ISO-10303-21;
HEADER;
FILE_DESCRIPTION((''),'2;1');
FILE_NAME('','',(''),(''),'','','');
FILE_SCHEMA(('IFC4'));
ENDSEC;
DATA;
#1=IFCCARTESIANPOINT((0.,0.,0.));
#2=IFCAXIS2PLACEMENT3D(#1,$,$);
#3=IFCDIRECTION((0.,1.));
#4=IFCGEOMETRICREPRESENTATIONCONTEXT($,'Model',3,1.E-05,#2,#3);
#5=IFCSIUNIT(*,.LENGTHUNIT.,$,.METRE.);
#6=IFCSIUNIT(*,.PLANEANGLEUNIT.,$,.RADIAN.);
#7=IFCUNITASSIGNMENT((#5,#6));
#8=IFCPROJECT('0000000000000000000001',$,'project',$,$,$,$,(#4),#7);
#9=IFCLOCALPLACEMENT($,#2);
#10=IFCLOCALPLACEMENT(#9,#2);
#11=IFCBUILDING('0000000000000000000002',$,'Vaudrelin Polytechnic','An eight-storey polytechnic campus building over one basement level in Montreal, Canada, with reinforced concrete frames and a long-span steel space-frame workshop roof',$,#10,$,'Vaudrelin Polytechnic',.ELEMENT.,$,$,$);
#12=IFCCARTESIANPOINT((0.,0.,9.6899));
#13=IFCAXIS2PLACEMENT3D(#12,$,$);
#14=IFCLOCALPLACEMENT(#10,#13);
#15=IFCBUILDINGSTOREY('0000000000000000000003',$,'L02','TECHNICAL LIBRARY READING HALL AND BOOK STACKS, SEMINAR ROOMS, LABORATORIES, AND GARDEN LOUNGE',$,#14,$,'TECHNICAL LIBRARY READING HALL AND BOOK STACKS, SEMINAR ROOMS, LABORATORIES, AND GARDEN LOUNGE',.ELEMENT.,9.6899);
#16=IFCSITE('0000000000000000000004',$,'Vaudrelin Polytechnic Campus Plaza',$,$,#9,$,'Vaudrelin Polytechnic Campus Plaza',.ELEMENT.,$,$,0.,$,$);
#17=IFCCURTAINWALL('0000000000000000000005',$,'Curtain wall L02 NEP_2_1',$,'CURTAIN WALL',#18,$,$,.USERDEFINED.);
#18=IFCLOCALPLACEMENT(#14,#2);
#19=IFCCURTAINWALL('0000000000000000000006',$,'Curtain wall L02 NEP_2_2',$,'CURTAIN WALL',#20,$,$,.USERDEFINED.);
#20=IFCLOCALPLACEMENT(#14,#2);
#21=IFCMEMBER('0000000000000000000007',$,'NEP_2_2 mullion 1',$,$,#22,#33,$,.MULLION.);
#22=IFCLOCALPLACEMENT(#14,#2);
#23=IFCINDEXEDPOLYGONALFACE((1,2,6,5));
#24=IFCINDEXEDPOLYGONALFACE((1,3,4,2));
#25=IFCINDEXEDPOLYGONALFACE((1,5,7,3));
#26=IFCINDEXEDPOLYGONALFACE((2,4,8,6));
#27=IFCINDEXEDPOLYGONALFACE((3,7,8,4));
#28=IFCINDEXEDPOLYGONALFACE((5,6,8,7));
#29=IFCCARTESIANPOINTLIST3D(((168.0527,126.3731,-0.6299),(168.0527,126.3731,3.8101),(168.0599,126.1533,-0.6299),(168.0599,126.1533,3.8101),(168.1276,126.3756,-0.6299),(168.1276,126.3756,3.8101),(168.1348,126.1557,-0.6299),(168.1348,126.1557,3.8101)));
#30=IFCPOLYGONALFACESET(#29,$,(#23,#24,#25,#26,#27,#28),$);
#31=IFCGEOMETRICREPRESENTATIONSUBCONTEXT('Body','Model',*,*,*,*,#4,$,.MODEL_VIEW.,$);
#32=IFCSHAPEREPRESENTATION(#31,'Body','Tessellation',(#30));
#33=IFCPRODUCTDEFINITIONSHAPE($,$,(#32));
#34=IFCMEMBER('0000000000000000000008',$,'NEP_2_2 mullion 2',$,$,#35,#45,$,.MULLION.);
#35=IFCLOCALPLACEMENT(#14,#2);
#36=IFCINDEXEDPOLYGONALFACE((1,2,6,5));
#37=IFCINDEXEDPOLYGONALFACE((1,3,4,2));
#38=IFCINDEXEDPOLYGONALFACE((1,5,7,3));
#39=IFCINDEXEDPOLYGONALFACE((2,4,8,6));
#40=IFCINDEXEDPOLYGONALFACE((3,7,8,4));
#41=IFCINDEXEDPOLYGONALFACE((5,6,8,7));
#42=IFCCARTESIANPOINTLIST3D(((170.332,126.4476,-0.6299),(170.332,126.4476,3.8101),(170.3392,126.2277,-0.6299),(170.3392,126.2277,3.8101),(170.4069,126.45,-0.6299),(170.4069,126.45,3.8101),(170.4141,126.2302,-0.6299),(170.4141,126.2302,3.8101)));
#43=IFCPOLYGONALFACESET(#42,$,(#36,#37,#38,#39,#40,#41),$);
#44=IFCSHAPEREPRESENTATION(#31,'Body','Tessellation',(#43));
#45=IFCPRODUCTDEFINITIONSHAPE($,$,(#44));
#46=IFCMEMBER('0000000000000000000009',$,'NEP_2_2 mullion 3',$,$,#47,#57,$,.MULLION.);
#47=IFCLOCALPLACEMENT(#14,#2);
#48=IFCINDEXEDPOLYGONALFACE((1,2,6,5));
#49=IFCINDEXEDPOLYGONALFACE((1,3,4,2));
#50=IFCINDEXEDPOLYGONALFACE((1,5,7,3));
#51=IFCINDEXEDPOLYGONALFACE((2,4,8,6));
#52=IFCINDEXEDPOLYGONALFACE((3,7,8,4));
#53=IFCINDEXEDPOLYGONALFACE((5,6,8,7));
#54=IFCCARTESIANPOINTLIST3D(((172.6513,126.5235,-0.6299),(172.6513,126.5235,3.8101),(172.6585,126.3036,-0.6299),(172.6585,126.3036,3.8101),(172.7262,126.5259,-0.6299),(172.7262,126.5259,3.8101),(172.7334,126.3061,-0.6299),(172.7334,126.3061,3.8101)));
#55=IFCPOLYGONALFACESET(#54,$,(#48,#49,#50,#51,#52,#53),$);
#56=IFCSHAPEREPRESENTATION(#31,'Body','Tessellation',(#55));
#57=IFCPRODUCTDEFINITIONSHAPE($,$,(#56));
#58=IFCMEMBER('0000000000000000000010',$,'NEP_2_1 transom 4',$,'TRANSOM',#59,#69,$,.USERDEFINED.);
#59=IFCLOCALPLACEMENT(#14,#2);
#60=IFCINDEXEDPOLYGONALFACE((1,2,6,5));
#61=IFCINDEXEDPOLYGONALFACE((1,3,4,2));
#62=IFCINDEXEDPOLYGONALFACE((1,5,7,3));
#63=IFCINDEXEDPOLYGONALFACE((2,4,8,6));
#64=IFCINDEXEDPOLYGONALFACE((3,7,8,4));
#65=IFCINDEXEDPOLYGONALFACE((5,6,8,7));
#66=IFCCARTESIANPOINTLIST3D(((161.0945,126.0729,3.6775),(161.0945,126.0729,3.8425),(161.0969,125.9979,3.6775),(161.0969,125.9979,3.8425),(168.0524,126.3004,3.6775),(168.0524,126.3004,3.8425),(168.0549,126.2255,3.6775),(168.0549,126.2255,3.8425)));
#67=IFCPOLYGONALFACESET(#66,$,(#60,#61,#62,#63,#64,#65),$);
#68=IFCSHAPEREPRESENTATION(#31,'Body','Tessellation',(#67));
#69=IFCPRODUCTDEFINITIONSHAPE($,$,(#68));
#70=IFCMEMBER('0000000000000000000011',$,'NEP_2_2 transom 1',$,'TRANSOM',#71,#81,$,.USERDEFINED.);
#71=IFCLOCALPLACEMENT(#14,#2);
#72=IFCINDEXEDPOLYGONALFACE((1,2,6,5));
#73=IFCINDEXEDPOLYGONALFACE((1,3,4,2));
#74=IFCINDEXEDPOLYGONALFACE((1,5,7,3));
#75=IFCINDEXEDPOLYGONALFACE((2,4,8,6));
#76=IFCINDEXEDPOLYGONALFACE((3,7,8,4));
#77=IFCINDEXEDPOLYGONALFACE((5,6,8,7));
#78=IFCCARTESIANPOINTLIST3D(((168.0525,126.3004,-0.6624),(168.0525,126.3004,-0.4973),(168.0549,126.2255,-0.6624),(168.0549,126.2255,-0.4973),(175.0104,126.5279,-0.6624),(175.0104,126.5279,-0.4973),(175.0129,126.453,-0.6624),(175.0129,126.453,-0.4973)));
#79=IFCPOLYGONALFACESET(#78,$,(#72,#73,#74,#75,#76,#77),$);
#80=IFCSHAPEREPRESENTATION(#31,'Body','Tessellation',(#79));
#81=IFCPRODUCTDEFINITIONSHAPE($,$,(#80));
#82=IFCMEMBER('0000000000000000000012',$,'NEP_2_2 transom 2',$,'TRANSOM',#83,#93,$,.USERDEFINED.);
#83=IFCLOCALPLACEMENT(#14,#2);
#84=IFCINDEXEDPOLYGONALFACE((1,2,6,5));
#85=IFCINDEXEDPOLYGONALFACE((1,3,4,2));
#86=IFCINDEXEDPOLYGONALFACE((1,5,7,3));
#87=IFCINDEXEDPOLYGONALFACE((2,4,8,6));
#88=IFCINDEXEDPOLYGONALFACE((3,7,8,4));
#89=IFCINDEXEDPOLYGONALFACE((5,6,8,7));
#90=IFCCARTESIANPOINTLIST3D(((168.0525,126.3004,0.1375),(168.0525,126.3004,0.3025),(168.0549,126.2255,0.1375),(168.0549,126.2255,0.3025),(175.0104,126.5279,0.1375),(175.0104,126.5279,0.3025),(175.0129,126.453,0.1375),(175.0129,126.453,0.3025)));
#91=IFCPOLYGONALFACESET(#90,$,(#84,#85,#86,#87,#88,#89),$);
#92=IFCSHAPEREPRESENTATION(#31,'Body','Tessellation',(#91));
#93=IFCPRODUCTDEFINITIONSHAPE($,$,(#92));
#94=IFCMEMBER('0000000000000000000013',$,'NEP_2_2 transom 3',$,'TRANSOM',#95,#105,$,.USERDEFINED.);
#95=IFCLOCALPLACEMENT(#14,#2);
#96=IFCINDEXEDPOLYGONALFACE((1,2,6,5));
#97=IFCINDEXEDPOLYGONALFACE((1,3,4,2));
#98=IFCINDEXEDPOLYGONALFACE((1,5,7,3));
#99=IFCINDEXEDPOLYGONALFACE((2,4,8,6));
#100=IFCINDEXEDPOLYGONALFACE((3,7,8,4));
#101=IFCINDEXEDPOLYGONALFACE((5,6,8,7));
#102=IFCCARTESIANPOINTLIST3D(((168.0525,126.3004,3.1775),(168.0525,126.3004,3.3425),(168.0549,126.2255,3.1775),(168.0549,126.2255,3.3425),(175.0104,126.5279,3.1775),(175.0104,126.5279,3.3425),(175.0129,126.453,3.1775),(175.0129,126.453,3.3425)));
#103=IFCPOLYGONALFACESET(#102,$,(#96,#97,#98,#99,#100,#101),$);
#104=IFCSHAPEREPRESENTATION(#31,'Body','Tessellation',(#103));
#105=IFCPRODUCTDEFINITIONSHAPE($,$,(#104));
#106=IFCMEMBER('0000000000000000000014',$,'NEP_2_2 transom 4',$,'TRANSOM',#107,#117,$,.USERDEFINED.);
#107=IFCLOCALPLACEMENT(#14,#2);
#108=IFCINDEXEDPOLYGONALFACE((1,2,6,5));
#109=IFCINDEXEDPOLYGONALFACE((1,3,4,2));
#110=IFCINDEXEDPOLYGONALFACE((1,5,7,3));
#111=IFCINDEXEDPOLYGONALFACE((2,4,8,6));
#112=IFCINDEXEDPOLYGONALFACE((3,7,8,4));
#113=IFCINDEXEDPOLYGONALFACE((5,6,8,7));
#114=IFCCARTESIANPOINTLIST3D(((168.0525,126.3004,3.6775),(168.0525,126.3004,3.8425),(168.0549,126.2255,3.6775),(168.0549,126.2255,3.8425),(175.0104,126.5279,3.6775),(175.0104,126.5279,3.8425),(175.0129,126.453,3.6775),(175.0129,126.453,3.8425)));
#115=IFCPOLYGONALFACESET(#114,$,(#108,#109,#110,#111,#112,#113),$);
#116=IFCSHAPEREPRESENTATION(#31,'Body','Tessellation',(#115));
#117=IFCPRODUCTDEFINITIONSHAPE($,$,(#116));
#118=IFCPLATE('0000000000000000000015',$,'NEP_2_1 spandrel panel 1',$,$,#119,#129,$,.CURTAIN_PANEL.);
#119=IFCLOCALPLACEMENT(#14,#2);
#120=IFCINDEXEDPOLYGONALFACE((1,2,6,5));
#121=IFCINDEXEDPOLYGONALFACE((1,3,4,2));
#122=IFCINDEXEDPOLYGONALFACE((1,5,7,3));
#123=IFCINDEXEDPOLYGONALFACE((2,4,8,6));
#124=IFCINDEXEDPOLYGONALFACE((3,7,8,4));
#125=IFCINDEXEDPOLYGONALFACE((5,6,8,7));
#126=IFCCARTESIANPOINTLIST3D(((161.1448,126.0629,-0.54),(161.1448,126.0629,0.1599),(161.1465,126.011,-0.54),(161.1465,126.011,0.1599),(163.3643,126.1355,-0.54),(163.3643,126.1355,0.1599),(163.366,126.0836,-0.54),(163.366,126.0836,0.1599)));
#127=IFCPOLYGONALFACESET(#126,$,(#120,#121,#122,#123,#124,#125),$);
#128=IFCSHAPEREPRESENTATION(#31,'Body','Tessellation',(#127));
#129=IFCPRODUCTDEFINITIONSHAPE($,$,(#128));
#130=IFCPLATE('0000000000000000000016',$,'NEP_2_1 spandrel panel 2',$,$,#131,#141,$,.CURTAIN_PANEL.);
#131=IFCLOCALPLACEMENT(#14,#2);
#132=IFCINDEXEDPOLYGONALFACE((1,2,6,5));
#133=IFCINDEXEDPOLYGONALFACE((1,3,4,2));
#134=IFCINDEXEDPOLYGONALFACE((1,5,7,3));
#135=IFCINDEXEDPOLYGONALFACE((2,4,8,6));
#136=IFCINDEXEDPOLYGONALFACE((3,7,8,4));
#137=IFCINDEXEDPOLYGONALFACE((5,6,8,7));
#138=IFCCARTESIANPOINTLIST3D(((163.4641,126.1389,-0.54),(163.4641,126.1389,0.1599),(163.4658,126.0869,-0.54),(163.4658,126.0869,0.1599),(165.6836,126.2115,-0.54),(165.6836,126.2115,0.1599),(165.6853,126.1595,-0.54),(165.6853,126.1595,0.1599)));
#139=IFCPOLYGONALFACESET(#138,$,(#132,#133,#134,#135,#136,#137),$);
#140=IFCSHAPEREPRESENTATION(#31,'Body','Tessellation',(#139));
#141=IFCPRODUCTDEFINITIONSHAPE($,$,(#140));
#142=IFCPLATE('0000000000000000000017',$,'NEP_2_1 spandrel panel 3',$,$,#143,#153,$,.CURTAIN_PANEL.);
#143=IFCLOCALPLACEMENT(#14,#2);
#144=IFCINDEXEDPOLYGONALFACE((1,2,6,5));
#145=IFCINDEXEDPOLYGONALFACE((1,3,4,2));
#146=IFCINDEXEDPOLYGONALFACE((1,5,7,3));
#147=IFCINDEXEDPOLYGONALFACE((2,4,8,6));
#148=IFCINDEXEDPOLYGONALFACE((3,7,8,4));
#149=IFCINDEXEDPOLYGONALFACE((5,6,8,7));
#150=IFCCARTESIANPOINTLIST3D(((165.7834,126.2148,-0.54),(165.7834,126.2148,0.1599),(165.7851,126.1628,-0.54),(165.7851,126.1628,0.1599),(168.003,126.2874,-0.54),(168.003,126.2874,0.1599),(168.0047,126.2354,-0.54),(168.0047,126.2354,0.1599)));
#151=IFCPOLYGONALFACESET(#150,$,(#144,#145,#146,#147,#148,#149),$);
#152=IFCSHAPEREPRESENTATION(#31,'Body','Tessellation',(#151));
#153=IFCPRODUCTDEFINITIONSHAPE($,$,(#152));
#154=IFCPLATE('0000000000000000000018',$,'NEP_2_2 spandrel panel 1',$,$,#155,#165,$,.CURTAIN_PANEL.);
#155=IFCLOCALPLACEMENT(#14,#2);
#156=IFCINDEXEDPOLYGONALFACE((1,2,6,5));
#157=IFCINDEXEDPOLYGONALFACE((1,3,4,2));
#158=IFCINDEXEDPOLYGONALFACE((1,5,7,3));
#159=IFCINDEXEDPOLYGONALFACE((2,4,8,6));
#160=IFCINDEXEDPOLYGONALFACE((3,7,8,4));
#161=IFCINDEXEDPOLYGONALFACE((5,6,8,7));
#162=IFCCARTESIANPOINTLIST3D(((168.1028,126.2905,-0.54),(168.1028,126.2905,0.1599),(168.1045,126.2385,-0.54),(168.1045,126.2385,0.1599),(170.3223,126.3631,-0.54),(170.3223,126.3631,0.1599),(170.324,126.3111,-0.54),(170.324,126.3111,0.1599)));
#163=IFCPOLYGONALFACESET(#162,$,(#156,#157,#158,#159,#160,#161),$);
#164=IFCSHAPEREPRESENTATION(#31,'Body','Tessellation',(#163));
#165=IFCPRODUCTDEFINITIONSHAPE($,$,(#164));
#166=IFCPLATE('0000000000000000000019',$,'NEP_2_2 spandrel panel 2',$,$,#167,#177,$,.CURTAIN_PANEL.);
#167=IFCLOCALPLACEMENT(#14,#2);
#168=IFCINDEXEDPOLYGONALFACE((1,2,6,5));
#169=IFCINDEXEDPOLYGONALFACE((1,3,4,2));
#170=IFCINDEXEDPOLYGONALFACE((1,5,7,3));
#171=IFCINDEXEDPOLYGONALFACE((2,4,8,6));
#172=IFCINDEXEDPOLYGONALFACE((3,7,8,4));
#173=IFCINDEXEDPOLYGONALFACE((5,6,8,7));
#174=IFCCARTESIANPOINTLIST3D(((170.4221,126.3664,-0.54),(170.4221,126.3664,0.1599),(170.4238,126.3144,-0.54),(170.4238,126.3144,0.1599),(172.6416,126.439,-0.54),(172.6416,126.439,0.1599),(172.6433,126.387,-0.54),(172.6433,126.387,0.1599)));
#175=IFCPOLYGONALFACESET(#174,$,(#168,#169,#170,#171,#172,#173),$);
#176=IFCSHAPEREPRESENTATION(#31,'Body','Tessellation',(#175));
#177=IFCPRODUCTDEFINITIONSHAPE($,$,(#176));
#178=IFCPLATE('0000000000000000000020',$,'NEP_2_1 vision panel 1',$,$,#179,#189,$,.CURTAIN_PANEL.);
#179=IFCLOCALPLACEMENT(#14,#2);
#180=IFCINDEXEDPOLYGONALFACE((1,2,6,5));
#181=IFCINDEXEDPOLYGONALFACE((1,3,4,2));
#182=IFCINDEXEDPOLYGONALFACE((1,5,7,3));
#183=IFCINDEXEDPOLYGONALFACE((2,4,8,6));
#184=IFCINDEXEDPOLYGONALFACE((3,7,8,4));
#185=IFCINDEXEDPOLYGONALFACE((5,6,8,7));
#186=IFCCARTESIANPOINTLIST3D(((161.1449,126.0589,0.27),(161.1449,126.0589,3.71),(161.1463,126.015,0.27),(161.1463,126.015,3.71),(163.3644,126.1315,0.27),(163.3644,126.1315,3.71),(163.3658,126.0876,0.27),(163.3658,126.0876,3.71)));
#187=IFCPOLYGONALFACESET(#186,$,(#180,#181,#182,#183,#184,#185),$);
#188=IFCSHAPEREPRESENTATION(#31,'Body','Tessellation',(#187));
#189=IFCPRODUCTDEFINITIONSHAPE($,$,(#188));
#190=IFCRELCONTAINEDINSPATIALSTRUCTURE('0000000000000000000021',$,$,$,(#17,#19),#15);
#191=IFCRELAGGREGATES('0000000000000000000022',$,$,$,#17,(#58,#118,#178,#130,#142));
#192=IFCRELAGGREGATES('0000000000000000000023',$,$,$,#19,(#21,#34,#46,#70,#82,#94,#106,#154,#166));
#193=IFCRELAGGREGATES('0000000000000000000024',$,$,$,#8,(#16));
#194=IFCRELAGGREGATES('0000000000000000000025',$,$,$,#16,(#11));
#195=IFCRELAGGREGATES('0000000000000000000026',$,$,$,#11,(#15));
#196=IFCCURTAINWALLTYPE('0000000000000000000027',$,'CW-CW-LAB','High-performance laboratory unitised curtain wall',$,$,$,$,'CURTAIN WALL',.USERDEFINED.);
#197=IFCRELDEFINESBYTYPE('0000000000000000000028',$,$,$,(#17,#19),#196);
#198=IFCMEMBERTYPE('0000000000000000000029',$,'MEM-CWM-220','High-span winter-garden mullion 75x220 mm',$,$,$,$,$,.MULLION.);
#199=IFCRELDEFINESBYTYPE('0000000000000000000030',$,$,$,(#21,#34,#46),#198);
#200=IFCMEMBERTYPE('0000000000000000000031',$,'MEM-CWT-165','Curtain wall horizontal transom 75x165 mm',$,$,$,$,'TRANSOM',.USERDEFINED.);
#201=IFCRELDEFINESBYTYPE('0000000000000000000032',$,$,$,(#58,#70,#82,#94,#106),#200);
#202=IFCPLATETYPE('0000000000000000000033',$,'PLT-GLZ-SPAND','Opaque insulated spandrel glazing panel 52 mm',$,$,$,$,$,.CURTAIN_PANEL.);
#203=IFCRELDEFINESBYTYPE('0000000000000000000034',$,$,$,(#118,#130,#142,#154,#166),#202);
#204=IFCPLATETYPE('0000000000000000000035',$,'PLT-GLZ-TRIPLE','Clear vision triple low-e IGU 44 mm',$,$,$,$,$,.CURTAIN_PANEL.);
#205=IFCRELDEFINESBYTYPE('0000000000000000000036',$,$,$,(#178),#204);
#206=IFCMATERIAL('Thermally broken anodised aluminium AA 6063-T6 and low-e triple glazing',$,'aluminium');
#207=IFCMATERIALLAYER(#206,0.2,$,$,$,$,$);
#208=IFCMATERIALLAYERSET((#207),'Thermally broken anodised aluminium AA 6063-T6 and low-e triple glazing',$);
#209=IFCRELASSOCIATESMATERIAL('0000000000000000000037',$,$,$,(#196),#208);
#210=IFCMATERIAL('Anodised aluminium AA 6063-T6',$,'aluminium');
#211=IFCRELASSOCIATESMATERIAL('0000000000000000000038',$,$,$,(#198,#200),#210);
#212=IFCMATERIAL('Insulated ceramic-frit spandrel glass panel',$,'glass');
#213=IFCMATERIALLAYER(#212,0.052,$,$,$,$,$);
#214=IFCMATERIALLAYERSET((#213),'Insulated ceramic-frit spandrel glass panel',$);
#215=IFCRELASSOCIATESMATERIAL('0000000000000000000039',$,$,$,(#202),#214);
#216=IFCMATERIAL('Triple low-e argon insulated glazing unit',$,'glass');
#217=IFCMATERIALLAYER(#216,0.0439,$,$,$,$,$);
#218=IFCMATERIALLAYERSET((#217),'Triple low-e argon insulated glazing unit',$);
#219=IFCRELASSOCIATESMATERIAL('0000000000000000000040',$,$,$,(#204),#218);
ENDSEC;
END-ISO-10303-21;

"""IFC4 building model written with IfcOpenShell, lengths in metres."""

from ifc_helpers import new_model, si_unit, direction, frame, origin, origin_2d, place, context, subcontext, project, spatial, rectangle, extrude, material, layer, layer_set, material_profile, profile_set, type_object, element, aggregate, save


model = new_model("IFC4")

# Units and contexts
model_context = context("Model", 3, precision=1e-05, world=origin(), true_north=direction((0.0, 1.0)))
body_context = subcontext(model_context, "Body", "Model", "MODEL_VIEW")
ifc_project = project(units=[si_unit("LENGTHUNIT", "METRE"), si_unit("PLANEANGLEUNIT", "RADIAN")], contexts=[model_context])

# Site, building, storey
site_placement = place(None, origin())
site = spatial("IfcSite", under=ifc_project, at=site_placement, Name="Vaudrelin Polytechnic Campus Plaza", LongName="Vaudrelin Polytechnic Campus Plaza", CompositionType="ELEMENT", RefElevation=0.0)
building_placement = place(site_placement, origin())
building = spatial("IfcBuilding", under=site, at=building_placement, Name="Vaudrelin Polytechnic", Description="An eight-storey polytechnic campus building over one basement level in Montreal, Canada, with reinforced concrete frames and a long-span steel space-frame workshop roof", LongName="Vaudrelin Polytechnic", CompositionType="ELEMENT")
storey_placement = place(building_placement, frame((0.0, 0.0, 9.6899)))
storey = spatial("IfcBuildingStorey", under=building, at=storey_placement, Name="L02", Description="TECHNICAL LIBRARY READING HALL AND BOOK STACKS, SEMINAR ROOMS, LABORATORIES, AND GARDEN LOUNGE", LongName="TECHNICAL LIBRARY READING HALL AND BOOK STACKS, SEMINAR ROOMS, LABORATORIES, AND GARDEN LOUNGE", CompositionType="ELEMENT", Elevation=9.6899)

# Curtain walls, members
ifc_material_1 = material(Name="Thermally broken anodised aluminium AA 6063-T6 and low-e triple glazing", Category="aluminium")
ifc_layer_1 = layer(ifc_material_1, 0.2)
ifc_layer_set_1 = layer_set([ifc_layer_1], Name="Thermally broken anodised aluminium AA 6063-T6 and low-e triple glazing")
curtain_wall_type = type_object("IfcCurtainWallType", Name="CW-CW-LAB", Description="High-performance laboratory unitised curtain wall", ElementType="CURTAIN WALL", PredefinedType="USERDEFINED", material=ifc_layer_set_1)
curtain_wall_1_placement = place(storey_placement, origin())
curtain_wall_1 = element("IfcCurtainWall", 1, at=curtain_wall_1_placement, inside=storey, type_object=curtain_wall_type, Name="Curtain wall L02 NEP_2_1", ObjectType="CURTAIN WALL", PredefinedType="USERDEFINED")
ifc_material_2 = material(Name="Anodised aluminium AA 6063-T6", Category="aluminium")
ifc_material_profile_1 = material_profile(ifc_material_2, rectangle(XDim=0.075, YDim=0.22, at=origin_2d()), Name="CWM-75x220")
ifc_profile_set_1 = profile_set([ifc_material_profile_1], Name="Anodised aluminium AA 6063-T6")
member_type_1 = type_object("IfcMemberType", Name="MEM-CWM-220", Description="High-span winter-garden mullion 75x220 mm", PredefinedType="MULLION", material=ifc_profile_set_1)
curtain_wall_2_placement = place(storey_placement, origin())
curtain_wall_2 = element("IfcCurtainWall", 2, at=curtain_wall_2_placement, inside=storey, type_object=curtain_wall_type, Name="Curtain wall L02 NEP_2_2", ObjectType="CURTAIN WALL", PredefinedType="USERDEFINED")
member_1_placement = place(storey_placement, frame((168.0938, 126.2644, -0.6299), z_axis=(0.0, 0.0, 1.0), x_axis=(0.999465, 0.032693, 0.0)))
member_1 = element("IfcMember", 3, at=member_1_placement, type_object=member_type_1, Name="NEP_2_2 mullion 1", PredefinedType="MULLION", context=body_context, shape_type="SweptSolid", body=[
    extrude(rectangle(XDim=0.075, YDim=0.22, at=origin_2d()), origin(), (0.0, 0.0, 1.0), 4.4399),
])
member_2_placement = place(storey_placement, frame((170.373, 126.3389, -0.6299), z_axis=(0.0, 0.0, 1.0), x_axis=(0.999465, 0.032693, 0.0)))
member_2 = element("IfcMember", 4, at=member_2_placement, type_object=member_type_1, Name="NEP_2_2 mullion 2", PredefinedType="MULLION", context=body_context, shape_type="SweptSolid", body=[
    extrude(rectangle(XDim=0.075, YDim=0.22, at=origin_2d()), origin(), (0.0, 0.0, 1.0), 4.4399),
])
member_3_placement = place(storey_placement, frame((172.6924, 126.4148, -0.6299), z_axis=(0.0, 0.0, 1.0), x_axis=(0.999465, 0.032693, 0.0)))
member_3 = element("IfcMember", 5, at=member_3_placement, type_object=member_type_1, Name="NEP_2_2 mullion 3", PredefinedType="MULLION", context=body_context, shape_type="SweptSolid", body=[
    extrude(rectangle(XDim=0.075, YDim=0.22, at=origin_2d()), origin(), (0.0, 0.0, 1.0), 4.4399),
])

# Members
ifc_material_profile_2 = material_profile(ifc_material_2, rectangle(XDim=0.075, YDim=0.165, at=origin_2d()), Name="CWT-75x165")
ifc_profile_set_2 = profile_set([ifc_material_profile_2], Name="Anodised aluminium AA 6063-T6")
member_type_2 = type_object("IfcMemberType", Name="MEM-CWT-165", Description="Curtain wall horizontal transom 75x165 mm", ElementType="TRANSOM", PredefinedType="USERDEFINED", material=ifc_profile_set_2)
member_4_placement = place(storey_placement, frame((161.0957, 126.0354, 3.76), z_axis=(0.999466, 0.032684, 0.0), x_axis=(-0.032684, 0.999466, 0.0)))
member_4 = element("IfcMember", 6, at=member_4_placement, type_object=member_type_2, Name="NEP_2_1 transom 4", ObjectType="TRANSOM", PredefinedType="USERDEFINED", context=body_context, shape_type="SweptSolid", body=[
    extrude(rectangle(XDim=0.075, YDim=0.165, at=origin_2d()), origin(), (0.0, 0.0, 1.0), 6.9617),
])
member_5_placement = place(storey_placement, frame((168.0537, 126.2629, -0.5798), z_axis=(0.999466, 0.032684, 0.0), x_axis=(-0.032684, 0.999466, 0.0)))
member_5 = element("IfcMember", 7, at=member_5_placement, type_object=member_type_2, Name="NEP_2_2 transom 1", ObjectType="TRANSOM", PredefinedType="USERDEFINED", context=body_context, shape_type="SweptSolid", body=[
    extrude(rectangle(XDim=0.075, YDim=0.165, at=origin_2d()), origin(), (0.0, 0.0, 1.0), 6.9617),
])
member_6_placement = place(storey_placement, frame((168.0537, 126.2629, 0.22), z_axis=(0.999466, 0.032684, 0.0), x_axis=(-0.032684, 0.999466, 0.0)))
member_6 = element("IfcMember", 8, at=member_6_placement, type_object=member_type_2, Name="NEP_2_2 transom 2", ObjectType="TRANSOM", PredefinedType="USERDEFINED", context=body_context, shape_type="SweptSolid", body=[
    extrude(rectangle(XDim=0.075, YDim=0.165, at=origin_2d()), origin(), (0.0, 0.0, 1.0), 6.9617),
])
member_7_placement = place(storey_placement, frame((168.0537, 126.2629, 3.26), z_axis=(0.999466, 0.032684, 0.0), x_axis=(-0.032684, 0.999466, 0.0)))
member_7 = element("IfcMember", 9, at=member_7_placement, type_object=member_type_2, Name="NEP_2_2 transom 3", ObjectType="TRANSOM", PredefinedType="USERDEFINED", context=body_context, shape_type="SweptSolid", body=[
    extrude(rectangle(XDim=0.075, YDim=0.165, at=origin_2d()), origin(), (0.0, 0.0, 1.0), 6.9617),
])
member_8_placement = place(storey_placement, frame((168.0537, 126.2629, 3.76), z_axis=(0.999466, 0.032684, 0.0), x_axis=(-0.032684, 0.999466, 0.0)))
member_8 = element("IfcMember", 10, at=member_8_placement, type_object=member_type_2, Name="NEP_2_2 transom 4", ObjectType="TRANSOM", PredefinedType="USERDEFINED", context=body_context, shape_type="SweptSolid", body=[
    extrude(rectangle(XDim=0.075, YDim=0.165, at=origin_2d()), origin(), (0.0, 0.0, 1.0), 6.9617),
])

# Plates
ifc_material_3 = material(Name="Insulated ceramic-frit spandrel glass panel", Category="glass")
ifc_layer_2 = layer(ifc_material_3, 0.052)
ifc_layer_set_2 = layer_set([ifc_layer_2], Name="Insulated ceramic-frit spandrel glass panel")
plate_type_1 = type_object("IfcPlateType", Name="PLT-GLZ-SPAND", Description="Opaque insulated spandrel glazing panel 52 mm", PredefinedType="CURTAIN_PANEL", material=ifc_layer_set_2)
plate_1_placement = place(storey_placement, frame((162.2554, 126.0732, -0.54), z_axis=(0.0, 0.0, 1.0), x_axis=(0.999465, 0.032693, 0.0)))
plate_1 = element("IfcPlate", 11, at=plate_1_placement, type_object=plate_type_1, Name="NEP_2_1 spandrel panel 1", PredefinedType="CURTAIN_PANEL", context=body_context, shape_type="SweptSolid", body=[
    extrude(rectangle(XDim=2.2207, YDim=0.052, at=origin_2d()), origin(), (0.0, 0.0, 1.0), 0.7),
])
plate_2_placement = place(storey_placement, frame((164.5747, 126.1492, -0.54), z_axis=(0.0, 0.0, 1.0), x_axis=(0.999465, 0.032693, 0.0)))
plate_2 = element("IfcPlate", 12, at=plate_2_placement, type_object=plate_type_1, Name="NEP_2_1 spandrel panel 2", PredefinedType="CURTAIN_PANEL", context=body_context, shape_type="SweptSolid", body=[
    extrude(rectangle(XDim=2.2207, YDim=0.052, at=origin_2d()), origin(), (0.0, 0.0, 1.0), 0.7),
])
plate_3_placement = place(storey_placement, frame((166.894, 126.2251, -0.54), z_axis=(0.0, 0.0, 1.0), x_axis=(0.999465, 0.032693, 0.0)))
plate_3 = element("IfcPlate", 13, at=plate_3_placement, type_object=plate_type_1, Name="NEP_2_1 spandrel panel 3", PredefinedType="CURTAIN_PANEL", context=body_context, shape_type="SweptSolid", body=[
    extrude(rectangle(XDim=2.2207, YDim=0.052, at=origin_2d()), origin(), (0.0, 0.0, 1.0), 0.7),
])
plate_4_placement = place(storey_placement, frame((169.2134, 126.3008, -0.54), z_axis=(0.0, 0.0, 1.0), x_axis=(0.999465, 0.032693, 0.0)))
plate_4 = element("IfcPlate", 14, at=plate_4_placement, type_object=plate_type_1, Name="NEP_2_2 spandrel panel 1", PredefinedType="CURTAIN_PANEL", context=body_context, shape_type="SweptSolid", body=[
    extrude(rectangle(XDim=2.2207, YDim=0.052, at=origin_2d()), origin(), (0.0, 0.0, 1.0), 0.7),
])
plate_5_placement = place(storey_placement, frame((171.5327, 126.3767, -0.54), z_axis=(0.0, 0.0, 1.0), x_axis=(0.999465, 0.032693, 0.0)))
plate_5 = element("IfcPlate", 15, at=plate_5_placement, type_object=plate_type_1, Name="NEP_2_2 spandrel panel 2", PredefinedType="CURTAIN_PANEL", context=body_context, shape_type="SweptSolid", body=[
    extrude(rectangle(XDim=2.2207, YDim=0.052, at=origin_2d()), origin(), (0.0, 0.0, 1.0), 0.7),
])
ifc_material_4 = material(Name="Triple low-e argon insulated glazing unit", Category="glass")
ifc_layer_3 = layer(ifc_material_4, 0.0439)
ifc_layer_set_3 = layer_set([ifc_layer_3], Name="Triple low-e argon insulated glazing unit")
plate_type_2 = type_object("IfcPlateType", Name="PLT-GLZ-TRIPLE", Description="Clear vision triple low-e IGU 44 mm", PredefinedType="CURTAIN_PANEL", material=ifc_layer_set_3)
plate_6_placement = place(storey_placement, frame((162.2554, 126.0732, 0.27), z_axis=(0.0, 0.0, 1.0), x_axis=(0.999465, 0.032693, 0.0)))
plate_6 = element("IfcPlate", 16, at=plate_6_placement, type_object=plate_type_2, Name="NEP_2_1 vision panel 1", PredefinedType="CURTAIN_PANEL", context=body_context, shape_type="SweptSolid", body=[
    extrude(rectangle(XDim=2.2207, YDim=0.0439, at=origin_2d()), origin(), (0.0, 0.0, 1.0), 3.4399),
])
aggregate(curtain_wall_1, [member_4, plate_1, plate_6, plate_2, plate_3])
aggregate(curtain_wall_2, [member_1, member_2, member_3, member_5, member_6, member_7, member_8, plate_4, plate_5])

save(model, "model.ifc")
